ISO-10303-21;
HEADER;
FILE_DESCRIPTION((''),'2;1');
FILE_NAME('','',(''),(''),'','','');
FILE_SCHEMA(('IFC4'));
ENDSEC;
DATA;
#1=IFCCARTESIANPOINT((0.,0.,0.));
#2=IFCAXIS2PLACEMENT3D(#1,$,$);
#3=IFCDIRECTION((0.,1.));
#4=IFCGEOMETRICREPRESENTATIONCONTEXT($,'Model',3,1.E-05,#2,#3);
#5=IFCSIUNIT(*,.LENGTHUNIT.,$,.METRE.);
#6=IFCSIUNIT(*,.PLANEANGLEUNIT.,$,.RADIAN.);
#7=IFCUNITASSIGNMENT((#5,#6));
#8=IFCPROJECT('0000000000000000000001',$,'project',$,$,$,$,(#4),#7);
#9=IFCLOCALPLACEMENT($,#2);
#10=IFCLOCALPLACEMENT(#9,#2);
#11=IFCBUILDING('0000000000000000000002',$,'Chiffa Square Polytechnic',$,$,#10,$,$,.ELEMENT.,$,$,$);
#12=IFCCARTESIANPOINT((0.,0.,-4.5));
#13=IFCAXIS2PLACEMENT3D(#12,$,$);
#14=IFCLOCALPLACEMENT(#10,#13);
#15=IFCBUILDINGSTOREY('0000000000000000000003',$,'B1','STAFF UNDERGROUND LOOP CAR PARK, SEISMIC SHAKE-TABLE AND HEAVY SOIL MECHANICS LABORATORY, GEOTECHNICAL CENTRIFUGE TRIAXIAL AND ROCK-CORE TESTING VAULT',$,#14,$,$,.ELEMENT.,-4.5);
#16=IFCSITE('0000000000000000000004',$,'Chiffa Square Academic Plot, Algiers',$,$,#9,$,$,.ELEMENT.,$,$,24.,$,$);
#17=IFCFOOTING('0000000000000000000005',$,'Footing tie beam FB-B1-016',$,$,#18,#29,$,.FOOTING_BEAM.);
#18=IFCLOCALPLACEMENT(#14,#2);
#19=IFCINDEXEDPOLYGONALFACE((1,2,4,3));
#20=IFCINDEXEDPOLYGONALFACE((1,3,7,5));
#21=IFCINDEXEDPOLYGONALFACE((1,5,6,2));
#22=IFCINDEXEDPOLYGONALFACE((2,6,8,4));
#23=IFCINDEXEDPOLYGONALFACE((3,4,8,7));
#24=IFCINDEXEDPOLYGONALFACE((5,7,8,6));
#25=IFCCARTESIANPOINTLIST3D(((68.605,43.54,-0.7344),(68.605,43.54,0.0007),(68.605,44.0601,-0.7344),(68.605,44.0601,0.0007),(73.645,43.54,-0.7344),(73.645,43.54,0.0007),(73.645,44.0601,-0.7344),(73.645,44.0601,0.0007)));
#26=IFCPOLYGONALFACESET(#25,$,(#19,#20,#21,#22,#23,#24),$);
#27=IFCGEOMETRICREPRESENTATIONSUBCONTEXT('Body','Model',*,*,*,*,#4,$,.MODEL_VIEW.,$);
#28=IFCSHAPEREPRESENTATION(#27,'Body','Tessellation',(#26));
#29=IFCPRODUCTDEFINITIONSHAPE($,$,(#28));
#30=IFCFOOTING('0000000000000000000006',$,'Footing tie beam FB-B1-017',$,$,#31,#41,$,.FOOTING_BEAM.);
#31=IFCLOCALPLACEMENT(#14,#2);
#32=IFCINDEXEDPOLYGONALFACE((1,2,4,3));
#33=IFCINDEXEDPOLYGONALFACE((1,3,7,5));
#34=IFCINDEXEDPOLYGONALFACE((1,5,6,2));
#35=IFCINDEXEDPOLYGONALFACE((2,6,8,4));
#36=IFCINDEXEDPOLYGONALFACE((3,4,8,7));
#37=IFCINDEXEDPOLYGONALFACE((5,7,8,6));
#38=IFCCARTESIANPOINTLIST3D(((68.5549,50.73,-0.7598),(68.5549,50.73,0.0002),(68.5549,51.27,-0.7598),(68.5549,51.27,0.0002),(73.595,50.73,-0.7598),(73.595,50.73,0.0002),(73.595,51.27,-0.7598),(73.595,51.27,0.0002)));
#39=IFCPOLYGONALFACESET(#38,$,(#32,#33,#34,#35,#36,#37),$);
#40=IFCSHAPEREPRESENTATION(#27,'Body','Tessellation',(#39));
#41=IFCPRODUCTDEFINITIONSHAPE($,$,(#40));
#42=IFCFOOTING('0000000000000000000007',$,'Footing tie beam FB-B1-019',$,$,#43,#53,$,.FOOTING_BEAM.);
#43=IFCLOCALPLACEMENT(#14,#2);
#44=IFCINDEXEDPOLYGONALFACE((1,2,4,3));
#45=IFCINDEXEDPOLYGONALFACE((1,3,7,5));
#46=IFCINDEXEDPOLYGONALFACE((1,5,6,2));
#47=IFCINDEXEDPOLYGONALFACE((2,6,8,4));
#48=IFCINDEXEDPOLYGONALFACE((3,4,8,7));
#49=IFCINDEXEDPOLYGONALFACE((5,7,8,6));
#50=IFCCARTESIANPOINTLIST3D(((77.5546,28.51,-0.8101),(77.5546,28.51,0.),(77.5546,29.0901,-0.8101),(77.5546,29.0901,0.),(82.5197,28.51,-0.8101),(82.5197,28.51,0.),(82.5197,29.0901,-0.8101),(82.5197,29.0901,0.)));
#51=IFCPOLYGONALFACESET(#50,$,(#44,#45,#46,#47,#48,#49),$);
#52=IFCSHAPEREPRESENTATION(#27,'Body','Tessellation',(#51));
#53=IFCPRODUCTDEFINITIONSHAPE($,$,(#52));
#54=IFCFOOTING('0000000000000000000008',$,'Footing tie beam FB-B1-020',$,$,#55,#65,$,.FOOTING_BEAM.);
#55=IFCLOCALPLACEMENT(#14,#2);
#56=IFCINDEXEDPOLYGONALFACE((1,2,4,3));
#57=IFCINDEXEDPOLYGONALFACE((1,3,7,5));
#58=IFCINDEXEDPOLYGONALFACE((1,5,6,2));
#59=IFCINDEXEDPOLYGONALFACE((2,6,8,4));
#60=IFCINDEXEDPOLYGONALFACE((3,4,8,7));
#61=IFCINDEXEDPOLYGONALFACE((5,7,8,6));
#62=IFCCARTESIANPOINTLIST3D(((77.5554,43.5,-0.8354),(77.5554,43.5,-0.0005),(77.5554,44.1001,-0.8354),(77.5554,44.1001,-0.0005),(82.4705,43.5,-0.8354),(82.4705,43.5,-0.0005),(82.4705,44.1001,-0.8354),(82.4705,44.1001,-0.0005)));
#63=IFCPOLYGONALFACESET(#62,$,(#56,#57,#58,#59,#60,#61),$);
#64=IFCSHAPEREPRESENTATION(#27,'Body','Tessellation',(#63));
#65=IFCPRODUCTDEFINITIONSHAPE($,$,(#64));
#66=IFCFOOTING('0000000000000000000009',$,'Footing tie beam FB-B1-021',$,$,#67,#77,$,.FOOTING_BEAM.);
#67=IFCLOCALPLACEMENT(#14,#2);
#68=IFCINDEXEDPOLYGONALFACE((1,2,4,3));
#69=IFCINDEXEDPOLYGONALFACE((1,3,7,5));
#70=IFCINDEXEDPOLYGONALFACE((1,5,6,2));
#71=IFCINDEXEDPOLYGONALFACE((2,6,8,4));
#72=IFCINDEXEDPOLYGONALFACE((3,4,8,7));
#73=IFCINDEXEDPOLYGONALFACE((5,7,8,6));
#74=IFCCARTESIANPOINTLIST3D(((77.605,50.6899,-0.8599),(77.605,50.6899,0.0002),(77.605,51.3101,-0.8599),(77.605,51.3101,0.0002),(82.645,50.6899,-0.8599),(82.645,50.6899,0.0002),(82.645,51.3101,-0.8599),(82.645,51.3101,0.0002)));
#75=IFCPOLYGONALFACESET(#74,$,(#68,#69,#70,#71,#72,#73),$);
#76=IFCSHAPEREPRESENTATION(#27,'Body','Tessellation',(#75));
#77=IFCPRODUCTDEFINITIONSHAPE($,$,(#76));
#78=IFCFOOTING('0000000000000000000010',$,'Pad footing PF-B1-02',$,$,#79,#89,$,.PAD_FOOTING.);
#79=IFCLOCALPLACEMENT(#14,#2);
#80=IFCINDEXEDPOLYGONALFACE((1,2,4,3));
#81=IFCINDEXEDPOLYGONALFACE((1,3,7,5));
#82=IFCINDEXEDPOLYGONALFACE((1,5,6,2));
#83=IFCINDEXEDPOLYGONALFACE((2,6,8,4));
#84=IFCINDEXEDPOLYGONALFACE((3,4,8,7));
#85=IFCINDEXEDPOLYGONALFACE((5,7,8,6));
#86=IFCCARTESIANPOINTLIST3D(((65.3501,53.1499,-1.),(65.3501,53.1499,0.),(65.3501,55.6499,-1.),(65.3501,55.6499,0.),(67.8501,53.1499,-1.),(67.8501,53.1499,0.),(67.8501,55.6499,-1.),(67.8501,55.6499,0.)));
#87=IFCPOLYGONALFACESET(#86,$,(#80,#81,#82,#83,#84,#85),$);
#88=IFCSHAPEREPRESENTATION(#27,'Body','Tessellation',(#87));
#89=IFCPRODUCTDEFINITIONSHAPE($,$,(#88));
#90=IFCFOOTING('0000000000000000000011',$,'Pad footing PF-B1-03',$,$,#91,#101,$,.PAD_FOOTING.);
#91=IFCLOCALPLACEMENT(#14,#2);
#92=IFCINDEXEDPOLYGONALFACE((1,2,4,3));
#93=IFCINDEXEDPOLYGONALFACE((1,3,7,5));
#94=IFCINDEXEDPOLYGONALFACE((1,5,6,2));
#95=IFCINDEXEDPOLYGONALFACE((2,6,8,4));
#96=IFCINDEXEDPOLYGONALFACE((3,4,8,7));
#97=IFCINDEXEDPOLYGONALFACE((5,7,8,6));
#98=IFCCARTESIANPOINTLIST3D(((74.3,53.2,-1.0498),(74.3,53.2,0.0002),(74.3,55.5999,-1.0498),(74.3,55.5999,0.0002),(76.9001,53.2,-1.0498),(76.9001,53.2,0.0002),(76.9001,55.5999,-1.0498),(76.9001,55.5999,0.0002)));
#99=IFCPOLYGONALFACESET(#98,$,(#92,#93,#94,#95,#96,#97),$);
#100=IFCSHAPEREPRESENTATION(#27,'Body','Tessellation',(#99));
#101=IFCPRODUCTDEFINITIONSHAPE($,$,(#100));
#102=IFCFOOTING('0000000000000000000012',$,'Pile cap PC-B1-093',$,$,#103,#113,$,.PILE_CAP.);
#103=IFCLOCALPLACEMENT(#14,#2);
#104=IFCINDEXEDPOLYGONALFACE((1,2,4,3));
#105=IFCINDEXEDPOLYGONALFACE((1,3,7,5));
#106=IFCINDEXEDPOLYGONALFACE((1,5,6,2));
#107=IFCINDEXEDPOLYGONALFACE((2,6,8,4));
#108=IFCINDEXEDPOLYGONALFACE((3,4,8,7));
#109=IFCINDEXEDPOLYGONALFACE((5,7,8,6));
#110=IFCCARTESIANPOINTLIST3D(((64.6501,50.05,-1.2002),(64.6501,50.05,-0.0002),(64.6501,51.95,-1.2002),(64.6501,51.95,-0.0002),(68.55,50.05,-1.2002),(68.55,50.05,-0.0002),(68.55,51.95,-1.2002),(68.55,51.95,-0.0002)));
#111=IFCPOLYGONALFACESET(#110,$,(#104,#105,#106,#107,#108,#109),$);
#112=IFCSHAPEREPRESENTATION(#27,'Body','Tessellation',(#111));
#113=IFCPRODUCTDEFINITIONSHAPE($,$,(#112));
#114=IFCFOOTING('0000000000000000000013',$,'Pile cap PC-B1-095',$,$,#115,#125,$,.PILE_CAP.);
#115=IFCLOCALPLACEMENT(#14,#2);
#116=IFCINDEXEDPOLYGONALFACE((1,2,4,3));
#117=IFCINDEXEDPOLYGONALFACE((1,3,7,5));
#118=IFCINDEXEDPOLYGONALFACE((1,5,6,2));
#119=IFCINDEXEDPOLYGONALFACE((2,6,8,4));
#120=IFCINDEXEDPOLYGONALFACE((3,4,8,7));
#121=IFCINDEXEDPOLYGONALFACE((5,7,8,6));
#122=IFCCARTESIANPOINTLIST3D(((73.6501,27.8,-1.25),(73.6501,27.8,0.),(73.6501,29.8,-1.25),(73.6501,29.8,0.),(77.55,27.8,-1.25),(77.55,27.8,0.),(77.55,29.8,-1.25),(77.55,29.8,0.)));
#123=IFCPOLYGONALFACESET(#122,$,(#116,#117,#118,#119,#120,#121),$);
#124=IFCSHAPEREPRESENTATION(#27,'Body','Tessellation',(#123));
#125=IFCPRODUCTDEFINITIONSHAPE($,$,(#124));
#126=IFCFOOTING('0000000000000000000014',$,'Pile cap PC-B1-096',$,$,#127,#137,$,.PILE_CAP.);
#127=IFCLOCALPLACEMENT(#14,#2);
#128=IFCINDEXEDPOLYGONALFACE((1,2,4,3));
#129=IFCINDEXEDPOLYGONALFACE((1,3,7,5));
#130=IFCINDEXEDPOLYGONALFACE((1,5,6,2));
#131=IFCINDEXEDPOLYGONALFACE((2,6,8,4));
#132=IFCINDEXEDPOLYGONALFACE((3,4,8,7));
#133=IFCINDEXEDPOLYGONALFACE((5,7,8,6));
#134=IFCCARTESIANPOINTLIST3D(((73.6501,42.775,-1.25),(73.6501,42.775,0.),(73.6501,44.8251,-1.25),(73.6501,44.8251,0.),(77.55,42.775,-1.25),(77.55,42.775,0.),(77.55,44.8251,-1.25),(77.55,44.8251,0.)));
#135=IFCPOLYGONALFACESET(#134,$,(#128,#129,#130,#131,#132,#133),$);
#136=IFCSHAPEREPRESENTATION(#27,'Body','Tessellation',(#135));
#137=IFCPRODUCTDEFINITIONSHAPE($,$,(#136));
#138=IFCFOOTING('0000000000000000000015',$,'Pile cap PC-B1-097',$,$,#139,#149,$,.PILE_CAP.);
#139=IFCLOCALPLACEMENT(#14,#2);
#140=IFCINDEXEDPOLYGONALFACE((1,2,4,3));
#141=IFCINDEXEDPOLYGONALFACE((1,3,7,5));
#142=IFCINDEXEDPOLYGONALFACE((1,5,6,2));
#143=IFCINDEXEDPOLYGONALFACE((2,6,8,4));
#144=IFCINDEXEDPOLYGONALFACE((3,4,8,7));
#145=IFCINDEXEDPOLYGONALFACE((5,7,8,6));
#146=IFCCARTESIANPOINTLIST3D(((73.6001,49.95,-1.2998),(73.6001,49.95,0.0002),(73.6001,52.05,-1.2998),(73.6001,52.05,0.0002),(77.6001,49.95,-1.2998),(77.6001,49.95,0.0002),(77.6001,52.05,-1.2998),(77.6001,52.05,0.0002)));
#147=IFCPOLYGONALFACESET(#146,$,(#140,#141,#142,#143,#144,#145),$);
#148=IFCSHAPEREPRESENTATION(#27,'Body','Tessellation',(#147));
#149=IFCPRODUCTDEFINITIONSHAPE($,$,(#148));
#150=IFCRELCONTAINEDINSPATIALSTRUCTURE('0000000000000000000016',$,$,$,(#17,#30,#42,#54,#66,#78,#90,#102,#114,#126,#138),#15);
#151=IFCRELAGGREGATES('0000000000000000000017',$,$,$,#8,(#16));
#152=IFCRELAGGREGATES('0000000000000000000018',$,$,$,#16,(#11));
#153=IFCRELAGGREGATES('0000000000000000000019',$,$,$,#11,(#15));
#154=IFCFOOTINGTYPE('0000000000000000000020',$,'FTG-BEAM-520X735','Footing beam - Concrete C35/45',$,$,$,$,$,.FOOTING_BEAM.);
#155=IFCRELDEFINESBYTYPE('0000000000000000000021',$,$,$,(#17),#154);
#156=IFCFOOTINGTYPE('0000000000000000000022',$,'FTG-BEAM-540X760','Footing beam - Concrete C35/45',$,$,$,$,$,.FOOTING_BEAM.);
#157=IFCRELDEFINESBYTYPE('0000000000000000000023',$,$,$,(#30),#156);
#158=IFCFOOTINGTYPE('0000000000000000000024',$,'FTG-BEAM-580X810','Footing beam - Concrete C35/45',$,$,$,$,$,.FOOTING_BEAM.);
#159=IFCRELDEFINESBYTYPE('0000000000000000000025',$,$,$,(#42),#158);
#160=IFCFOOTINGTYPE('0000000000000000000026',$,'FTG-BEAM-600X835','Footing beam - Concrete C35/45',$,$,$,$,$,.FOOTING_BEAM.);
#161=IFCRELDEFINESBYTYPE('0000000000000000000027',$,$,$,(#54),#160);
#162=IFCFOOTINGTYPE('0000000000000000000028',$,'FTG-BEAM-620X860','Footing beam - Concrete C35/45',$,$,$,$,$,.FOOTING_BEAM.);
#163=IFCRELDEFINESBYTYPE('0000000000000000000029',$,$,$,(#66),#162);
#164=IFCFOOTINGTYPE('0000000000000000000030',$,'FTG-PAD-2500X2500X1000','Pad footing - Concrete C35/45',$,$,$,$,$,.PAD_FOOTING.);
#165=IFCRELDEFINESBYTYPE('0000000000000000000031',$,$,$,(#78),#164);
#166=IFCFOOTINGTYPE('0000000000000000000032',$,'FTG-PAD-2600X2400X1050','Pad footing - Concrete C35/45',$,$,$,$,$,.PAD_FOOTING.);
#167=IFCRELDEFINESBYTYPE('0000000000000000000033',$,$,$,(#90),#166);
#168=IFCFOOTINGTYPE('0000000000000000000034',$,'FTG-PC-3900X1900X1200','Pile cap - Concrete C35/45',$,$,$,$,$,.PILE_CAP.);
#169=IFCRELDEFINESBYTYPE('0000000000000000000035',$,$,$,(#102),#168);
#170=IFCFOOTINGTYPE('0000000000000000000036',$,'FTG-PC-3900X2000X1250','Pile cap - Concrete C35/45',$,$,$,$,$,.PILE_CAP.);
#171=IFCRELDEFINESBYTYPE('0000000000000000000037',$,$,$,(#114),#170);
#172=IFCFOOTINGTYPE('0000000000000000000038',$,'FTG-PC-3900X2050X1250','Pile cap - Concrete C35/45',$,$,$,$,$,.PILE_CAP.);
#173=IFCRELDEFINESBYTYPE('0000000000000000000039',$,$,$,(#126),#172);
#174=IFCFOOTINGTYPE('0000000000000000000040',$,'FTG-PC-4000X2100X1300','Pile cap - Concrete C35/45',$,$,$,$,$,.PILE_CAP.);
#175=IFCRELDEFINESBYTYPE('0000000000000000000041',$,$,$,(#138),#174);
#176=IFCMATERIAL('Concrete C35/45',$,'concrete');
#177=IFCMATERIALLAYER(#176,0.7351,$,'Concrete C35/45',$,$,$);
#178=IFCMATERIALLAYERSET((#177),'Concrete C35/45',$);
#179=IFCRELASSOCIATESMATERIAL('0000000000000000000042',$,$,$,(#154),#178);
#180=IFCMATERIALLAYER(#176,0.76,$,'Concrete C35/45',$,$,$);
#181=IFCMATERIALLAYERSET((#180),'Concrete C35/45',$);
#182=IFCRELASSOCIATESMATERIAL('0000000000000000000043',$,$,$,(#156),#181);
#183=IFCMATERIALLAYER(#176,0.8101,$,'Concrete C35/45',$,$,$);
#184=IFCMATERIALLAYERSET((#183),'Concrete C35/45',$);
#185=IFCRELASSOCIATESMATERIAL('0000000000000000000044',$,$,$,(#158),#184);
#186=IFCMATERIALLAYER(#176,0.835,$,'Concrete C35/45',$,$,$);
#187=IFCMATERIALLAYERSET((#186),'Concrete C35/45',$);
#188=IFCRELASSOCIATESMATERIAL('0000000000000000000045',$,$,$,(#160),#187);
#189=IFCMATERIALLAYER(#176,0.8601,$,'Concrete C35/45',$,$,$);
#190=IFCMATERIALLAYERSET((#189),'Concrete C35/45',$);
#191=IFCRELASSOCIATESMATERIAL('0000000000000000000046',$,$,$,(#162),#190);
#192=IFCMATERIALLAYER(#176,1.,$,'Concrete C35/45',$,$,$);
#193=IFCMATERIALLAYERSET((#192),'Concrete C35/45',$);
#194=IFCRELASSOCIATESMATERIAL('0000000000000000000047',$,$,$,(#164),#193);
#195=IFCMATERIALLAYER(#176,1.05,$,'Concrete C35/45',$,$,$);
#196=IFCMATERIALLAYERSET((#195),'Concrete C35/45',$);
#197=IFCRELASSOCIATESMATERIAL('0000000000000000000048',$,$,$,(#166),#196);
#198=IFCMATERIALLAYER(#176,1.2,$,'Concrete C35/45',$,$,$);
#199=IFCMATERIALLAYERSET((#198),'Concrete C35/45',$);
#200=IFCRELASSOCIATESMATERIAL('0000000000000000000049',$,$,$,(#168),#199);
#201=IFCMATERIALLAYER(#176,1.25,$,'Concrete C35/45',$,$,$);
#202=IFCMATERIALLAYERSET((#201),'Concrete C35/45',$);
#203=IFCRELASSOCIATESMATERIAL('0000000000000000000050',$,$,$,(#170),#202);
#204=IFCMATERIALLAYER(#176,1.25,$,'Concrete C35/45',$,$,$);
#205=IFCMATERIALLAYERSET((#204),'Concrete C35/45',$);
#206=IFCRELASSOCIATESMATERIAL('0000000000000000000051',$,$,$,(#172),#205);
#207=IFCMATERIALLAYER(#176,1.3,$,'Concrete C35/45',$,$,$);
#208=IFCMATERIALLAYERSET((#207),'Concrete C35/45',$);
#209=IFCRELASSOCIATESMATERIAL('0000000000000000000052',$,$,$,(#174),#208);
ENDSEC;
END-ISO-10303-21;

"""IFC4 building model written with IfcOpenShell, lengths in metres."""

from ifc_helpers import new_model, si_unit, direction, frame, origin, origin_2d, place, context, subcontext, project, spatial, rectangle, extrude, material, layer, layer_set, type_object, element, save


model = new_model("IFC4")

# Units and contexts
model_context = context("Model", 3, precision=1e-05, world=origin(), true_north=direction((0.0, 1.0)))
body_context = subcontext(model_context, "Body", "Model", "MODEL_VIEW")
ifc_project = project(units=[si_unit("LENGTHUNIT", "METRE"), si_unit("PLANEANGLEUNIT", "RADIAN")], contexts=[model_context])

# Site, building, storey
site_placement = place(None, origin())
site = spatial("IfcSite", under=ifc_project, at=site_placement, Name="Chiffa Square Academic Plot, Algiers", CompositionType="ELEMENT", RefElevation=24.0)
building_placement = place(site_placement, origin())
building = spatial("IfcBuilding", under=site, at=building_placement, Name="Chiffa Square Polytechnic", CompositionType="ELEMENT")
storey_placement = place(building_placement, frame((0.0, 0.0, -4.5)))
storey = spatial("IfcBuildingStorey", under=building, at=storey_placement, Name="B1", Description="STAFF UNDERGROUND LOOP CAR PARK, SEISMIC SHAKE-TABLE AND HEAVY SOIL MECHANICS LABORATORY, GEOTECHNICAL CENTRIFUGE TRIAXIAL AND ROCK-CORE TESTING VAULT", CompositionType="ELEMENT", Elevation=-4.5)

# Footings
ifc_material = material(Name="Concrete C35/45", Category="concrete")
ifc_layer_1 = layer(ifc_material, 0.7351, Name="Concrete C35/45")
ifc_layer_set_1 = layer_set([ifc_layer_1], Name="Concrete C35/45")
footing_type_1 = type_object("IfcFootingType", Name="FTG-BEAM-520X735", Description="Footing beam - Concrete C35/45", PredefinedType="FOOTING_BEAM", material=ifc_layer_set_1)
footing_1_placement = place(storey_placement, frame((71.125, 43.8, -0.7344), z_axis=(0.0, 0.0, 1.0), x_axis=(1.0, 0.0, 0.0)))
element("IfcFooting", 1, at=footing_1_placement, inside=storey, type_object=footing_type_1, Name="Footing tie beam FB-B1-016", PredefinedType="FOOTING_BEAM", context=body_context, shape_type="SweptSolid", body=[
    extrude(rectangle(XDim=5.04, YDim=0.52, at=origin_2d()), origin(), (0.0, 0.0, 1.0), 0.7351),
])
ifc_layer_2 = layer(ifc_material, 0.76, Name="Concrete C35/45")
ifc_layer_set_2 = layer_set([ifc_layer_2], Name="Concrete C35/45")
footing_type_2 = type_object("IfcFootingType", Name="FTG-BEAM-540X760", Description="Footing beam - Concrete C35/45", PredefinedType="FOOTING_BEAM", material=ifc_layer_set_2)
footing_2_placement = place(storey_placement, frame((71.075, 51.0, -0.7598), z_axis=(0.0, 0.0, 1.0), x_axis=(1.0, 0.0, 0.0)))
element("IfcFooting", 2, at=footing_2_placement, inside=storey, type_object=footing_type_2, Name="Footing tie beam FB-B1-017", PredefinedType="FOOTING_BEAM", context=body_context, shape_type="SweptSolid", body=[
    extrude(rectangle(XDim=5.04, YDim=0.54, at=origin_2d()), origin(), (0.0, 0.0, 1.0), 0.76),
])
ifc_layer_3 = layer(ifc_material, 0.8101, Name="Concrete C35/45")
ifc_layer_set_3 = layer_set([ifc_layer_3], Name="Concrete C35/45")
footing_type_3 = type_object("IfcFootingType", Name="FTG-BEAM-580X810", Description="Footing beam - Concrete C35/45", PredefinedType="FOOTING_BEAM", material=ifc_layer_set_3)
footing_3_placement = place(storey_placement, frame((80.0371, 28.8, -0.8101), z_axis=(0.0, 0.0, 1.0), x_axis=(1.0, 0.0, 0.0)))
element("IfcFooting", 3, at=footing_3_placement, inside=storey, type_object=footing_type_3, Name="Footing tie beam FB-B1-019", PredefinedType="FOOTING_BEAM", context=body_context, shape_type="SweptSolid", body=[
    extrude(rectangle(XDim=4.9651, YDim=0.5801, at=origin_2d()), origin(), (0.0, 0.0, 1.0), 0.8101),
])
ifc_layer_4 = layer(ifc_material, 0.835, Name="Concrete C35/45")
ifc_layer_set_4 = layer_set([ifc_layer_4], Name="Concrete C35/45")
footing_type_4 = type_object("IfcFootingType", Name="FTG-BEAM-600X835", Description="Footing beam - Concrete C35/45", PredefinedType="FOOTING_BEAM", material=ifc_layer_set_4)
footing_4_placement = place(storey_placement, frame((80.0129, 43.8, -0.8354), z_axis=(0.0, 0.0, 1.0), x_axis=(1.0, 0.0, 0.0)))
element("IfcFooting", 4, at=footing_4_placement, inside=storey, type_object=footing_type_4, Name="Footing tie beam FB-B1-020", PredefinedType="FOOTING_BEAM", context=body_context, shape_type="SweptSolid", body=[
    extrude(rectangle(XDim=4.915, YDim=0.6001, at=origin_2d()), origin(), (0.0, 0.0, 1.0), 0.835),
])
ifc_layer_5 = layer(ifc_material, 0.8601, Name="Concrete C35/45")
ifc_layer_set_5 = layer_set([ifc_layer_5], Name="Concrete C35/45")
footing_type_5 = type_object("IfcFootingType", Name="FTG-BEAM-620X860", Description="Footing beam - Concrete C35/45", PredefinedType="FOOTING_BEAM", material=ifc_layer_set_5)
footing_5_placement = place(storey_placement, frame((80.125, 51.0, -0.8599), z_axis=(0.0, 0.0, 1.0), x_axis=(1.0, 0.0, 0.0)))
element("IfcFooting", 5, at=footing_5_placement, inside=storey, type_object=footing_type_5, Name="Footing tie beam FB-B1-021", PredefinedType="FOOTING_BEAM", context=body_context, shape_type="SweptSolid", body=[
    extrude(rectangle(XDim=5.04, YDim=0.6201, at=origin_2d()), origin(), (0.0, 0.0, 1.0), 0.8601),
])
ifc_layer_6 = layer(ifc_material, 1.0, Name="Concrete C35/45")
ifc_layer_set_6 = layer_set([ifc_layer_6], Name="Concrete C35/45")
footing_type_6 = type_object("IfcFootingType", Name="FTG-PAD-2500X2500X1000", Description="Pad footing - Concrete C35/45", PredefinedType="PAD_FOOTING", material=ifc_layer_set_6)
footing_6_placement = place(storey_placement, frame((66.6001, 54.3999, -1.0), z_axis=(0.0, 0.0, 1.0), x_axis=(1.0, 0.0, 0.0)))
element("IfcFooting", 6, at=footing_6_placement, inside=storey, type_object=footing_type_6, Name="Pad footing PF-B1-02", PredefinedType="PAD_FOOTING", context=body_context, shape_type="SweptSolid", body=[
    extrude(rectangle(XDim=2.5, YDim=2.5, at=origin_2d()), origin(), (0.0, 0.0, 1.0), 1.0),
])
ifc_layer_7 = layer(ifc_material, 1.05, Name="Concrete C35/45")
ifc_layer_set_7 = layer_set([ifc_layer_7], Name="Concrete C35/45")
footing_type_7 = type_object("IfcFootingType", Name="FTG-PAD-2600X2400X1050", Description="Pad footing - Concrete C35/45", PredefinedType="PAD_FOOTING", material=ifc_layer_set_7)
footing_7_placement = place(storey_placement, frame((75.6001, 54.3999, -1.0498), z_axis=(0.0, 0.0, 1.0), x_axis=(1.0, 0.0, 0.0)))
element("IfcFooting", 7, at=footing_7_placement, inside=storey, type_object=footing_type_7, Name="Pad footing PF-B1-03", PredefinedType="PAD_FOOTING", context=body_context, shape_type="SweptSolid", body=[
    extrude(rectangle(XDim=2.6001, YDim=2.3999, at=origin_2d()), origin(), (0.0, 0.0, 1.0), 1.05),
])
ifc_layer_8 = layer(ifc_material, 1.2, Name="Concrete C35/45")
ifc_layer_set_8 = layer_set([ifc_layer_8], Name="Concrete C35/45")
footing_type_8 = type_object("IfcFootingType", Name="FTG-PC-3900X1900X1200", Description="Pile cap - Concrete C35/45", PredefinedType="PILE_CAP", material=ifc_layer_set_8)
footing_8_placement = place(storey_placement, frame((66.6001, 51.0, -1.2002), z_axis=(0.0, 0.0, 1.0), x_axis=(1.0, 0.0, 0.0)))
element("IfcFooting", 8, at=footing_8_placement, inside=storey, type_object=footing_type_8, Name="Pile cap PC-B1-093", PredefinedType="PILE_CAP", context=body_context, shape_type="SweptSolid", body=[
    extrude(rectangle(XDim=3.8999, YDim=1.8999, at=origin_2d()), origin(), (0.0, 0.0, 1.0), 1.2),
])
ifc_layer_9 = layer(ifc_material, 1.25, Name="Concrete C35/45")
ifc_layer_set_9 = layer_set([ifc_layer_9], Name="Concrete C35/45")
footing_type_9 = type_object("IfcFootingType", Name="FTG-PC-3900X2000X1250", Description="Pile cap - Concrete C35/45", PredefinedType="PILE_CAP", material=ifc_layer_set_9)
footing_9_placement = place(storey_placement, frame((75.6001, 28.8, -1.25), z_axis=(0.0, 0.0, 1.0), x_axis=(1.0, 0.0, 0.0)))
element("IfcFooting", 9, at=footing_9_placement, inside=storey, type_object=footing_type_9, Name="Pile cap PC-B1-095", PredefinedType="PILE_CAP", context=body_context, shape_type="SweptSolid", body=[
    extrude(rectangle(XDim=3.8999, YDim=2.0, at=origin_2d()), origin(), (0.0, 0.0, 1.0), 1.25),
])
ifc_layer_10 = layer(ifc_material, 1.25, Name="Concrete C35/45")
ifc_layer_set_10 = layer_set([ifc_layer_10], Name="Concrete C35/45")
footing_type_10 = type_object("IfcFootingType", Name="FTG-PC-3900X2050X1250", Description="Pile cap - Concrete C35/45", PredefinedType="PILE_CAP", material=ifc_layer_set_10)
footing_10_placement = place(storey_placement, frame((75.6001, 43.8, -1.25), z_axis=(0.0, 0.0, 1.0), x_axis=(1.0, 0.0, 0.0)))
element("IfcFooting", 10, at=footing_10_placement, inside=storey, type_object=footing_type_10, Name="Pile cap PC-B1-096", PredefinedType="PILE_CAP", context=body_context, shape_type="SweptSolid", body=[
    extrude(rectangle(XDim=3.8999, YDim=2.05, at=origin_2d()), origin(), (0.0, 0.0, 1.0), 1.25),
])
ifc_layer_11 = layer(ifc_material, 1.3, Name="Concrete C35/45")
ifc_layer_set_11 = layer_set([ifc_layer_11], Name="Concrete C35/45")
footing_type_11 = type_object("IfcFootingType", Name="FTG-PC-4000X2100X1300", Description="Pile cap - Concrete C35/45", PredefinedType="PILE_CAP", material=ifc_layer_set_11)
footing_11_placement = place(storey_placement, frame((75.6001, 51.0, -1.2998), z_axis=(0.0, 0.0, 1.0), x_axis=(1.0, 0.0, 0.0)))
element("IfcFooting", 11, at=footing_11_placement, inside=storey, type_object=footing_type_11, Name="Pile cap PC-B1-097", PredefinedType="PILE_CAP", context=body_context, shape_type="SweptSolid", body=[
    extrude(rectangle(XDim=4.0, YDim=2.1001, at=origin_2d()), origin(), (0.0, 0.0, 1.0), 1.3),
])

save(model, "model.ifc")
